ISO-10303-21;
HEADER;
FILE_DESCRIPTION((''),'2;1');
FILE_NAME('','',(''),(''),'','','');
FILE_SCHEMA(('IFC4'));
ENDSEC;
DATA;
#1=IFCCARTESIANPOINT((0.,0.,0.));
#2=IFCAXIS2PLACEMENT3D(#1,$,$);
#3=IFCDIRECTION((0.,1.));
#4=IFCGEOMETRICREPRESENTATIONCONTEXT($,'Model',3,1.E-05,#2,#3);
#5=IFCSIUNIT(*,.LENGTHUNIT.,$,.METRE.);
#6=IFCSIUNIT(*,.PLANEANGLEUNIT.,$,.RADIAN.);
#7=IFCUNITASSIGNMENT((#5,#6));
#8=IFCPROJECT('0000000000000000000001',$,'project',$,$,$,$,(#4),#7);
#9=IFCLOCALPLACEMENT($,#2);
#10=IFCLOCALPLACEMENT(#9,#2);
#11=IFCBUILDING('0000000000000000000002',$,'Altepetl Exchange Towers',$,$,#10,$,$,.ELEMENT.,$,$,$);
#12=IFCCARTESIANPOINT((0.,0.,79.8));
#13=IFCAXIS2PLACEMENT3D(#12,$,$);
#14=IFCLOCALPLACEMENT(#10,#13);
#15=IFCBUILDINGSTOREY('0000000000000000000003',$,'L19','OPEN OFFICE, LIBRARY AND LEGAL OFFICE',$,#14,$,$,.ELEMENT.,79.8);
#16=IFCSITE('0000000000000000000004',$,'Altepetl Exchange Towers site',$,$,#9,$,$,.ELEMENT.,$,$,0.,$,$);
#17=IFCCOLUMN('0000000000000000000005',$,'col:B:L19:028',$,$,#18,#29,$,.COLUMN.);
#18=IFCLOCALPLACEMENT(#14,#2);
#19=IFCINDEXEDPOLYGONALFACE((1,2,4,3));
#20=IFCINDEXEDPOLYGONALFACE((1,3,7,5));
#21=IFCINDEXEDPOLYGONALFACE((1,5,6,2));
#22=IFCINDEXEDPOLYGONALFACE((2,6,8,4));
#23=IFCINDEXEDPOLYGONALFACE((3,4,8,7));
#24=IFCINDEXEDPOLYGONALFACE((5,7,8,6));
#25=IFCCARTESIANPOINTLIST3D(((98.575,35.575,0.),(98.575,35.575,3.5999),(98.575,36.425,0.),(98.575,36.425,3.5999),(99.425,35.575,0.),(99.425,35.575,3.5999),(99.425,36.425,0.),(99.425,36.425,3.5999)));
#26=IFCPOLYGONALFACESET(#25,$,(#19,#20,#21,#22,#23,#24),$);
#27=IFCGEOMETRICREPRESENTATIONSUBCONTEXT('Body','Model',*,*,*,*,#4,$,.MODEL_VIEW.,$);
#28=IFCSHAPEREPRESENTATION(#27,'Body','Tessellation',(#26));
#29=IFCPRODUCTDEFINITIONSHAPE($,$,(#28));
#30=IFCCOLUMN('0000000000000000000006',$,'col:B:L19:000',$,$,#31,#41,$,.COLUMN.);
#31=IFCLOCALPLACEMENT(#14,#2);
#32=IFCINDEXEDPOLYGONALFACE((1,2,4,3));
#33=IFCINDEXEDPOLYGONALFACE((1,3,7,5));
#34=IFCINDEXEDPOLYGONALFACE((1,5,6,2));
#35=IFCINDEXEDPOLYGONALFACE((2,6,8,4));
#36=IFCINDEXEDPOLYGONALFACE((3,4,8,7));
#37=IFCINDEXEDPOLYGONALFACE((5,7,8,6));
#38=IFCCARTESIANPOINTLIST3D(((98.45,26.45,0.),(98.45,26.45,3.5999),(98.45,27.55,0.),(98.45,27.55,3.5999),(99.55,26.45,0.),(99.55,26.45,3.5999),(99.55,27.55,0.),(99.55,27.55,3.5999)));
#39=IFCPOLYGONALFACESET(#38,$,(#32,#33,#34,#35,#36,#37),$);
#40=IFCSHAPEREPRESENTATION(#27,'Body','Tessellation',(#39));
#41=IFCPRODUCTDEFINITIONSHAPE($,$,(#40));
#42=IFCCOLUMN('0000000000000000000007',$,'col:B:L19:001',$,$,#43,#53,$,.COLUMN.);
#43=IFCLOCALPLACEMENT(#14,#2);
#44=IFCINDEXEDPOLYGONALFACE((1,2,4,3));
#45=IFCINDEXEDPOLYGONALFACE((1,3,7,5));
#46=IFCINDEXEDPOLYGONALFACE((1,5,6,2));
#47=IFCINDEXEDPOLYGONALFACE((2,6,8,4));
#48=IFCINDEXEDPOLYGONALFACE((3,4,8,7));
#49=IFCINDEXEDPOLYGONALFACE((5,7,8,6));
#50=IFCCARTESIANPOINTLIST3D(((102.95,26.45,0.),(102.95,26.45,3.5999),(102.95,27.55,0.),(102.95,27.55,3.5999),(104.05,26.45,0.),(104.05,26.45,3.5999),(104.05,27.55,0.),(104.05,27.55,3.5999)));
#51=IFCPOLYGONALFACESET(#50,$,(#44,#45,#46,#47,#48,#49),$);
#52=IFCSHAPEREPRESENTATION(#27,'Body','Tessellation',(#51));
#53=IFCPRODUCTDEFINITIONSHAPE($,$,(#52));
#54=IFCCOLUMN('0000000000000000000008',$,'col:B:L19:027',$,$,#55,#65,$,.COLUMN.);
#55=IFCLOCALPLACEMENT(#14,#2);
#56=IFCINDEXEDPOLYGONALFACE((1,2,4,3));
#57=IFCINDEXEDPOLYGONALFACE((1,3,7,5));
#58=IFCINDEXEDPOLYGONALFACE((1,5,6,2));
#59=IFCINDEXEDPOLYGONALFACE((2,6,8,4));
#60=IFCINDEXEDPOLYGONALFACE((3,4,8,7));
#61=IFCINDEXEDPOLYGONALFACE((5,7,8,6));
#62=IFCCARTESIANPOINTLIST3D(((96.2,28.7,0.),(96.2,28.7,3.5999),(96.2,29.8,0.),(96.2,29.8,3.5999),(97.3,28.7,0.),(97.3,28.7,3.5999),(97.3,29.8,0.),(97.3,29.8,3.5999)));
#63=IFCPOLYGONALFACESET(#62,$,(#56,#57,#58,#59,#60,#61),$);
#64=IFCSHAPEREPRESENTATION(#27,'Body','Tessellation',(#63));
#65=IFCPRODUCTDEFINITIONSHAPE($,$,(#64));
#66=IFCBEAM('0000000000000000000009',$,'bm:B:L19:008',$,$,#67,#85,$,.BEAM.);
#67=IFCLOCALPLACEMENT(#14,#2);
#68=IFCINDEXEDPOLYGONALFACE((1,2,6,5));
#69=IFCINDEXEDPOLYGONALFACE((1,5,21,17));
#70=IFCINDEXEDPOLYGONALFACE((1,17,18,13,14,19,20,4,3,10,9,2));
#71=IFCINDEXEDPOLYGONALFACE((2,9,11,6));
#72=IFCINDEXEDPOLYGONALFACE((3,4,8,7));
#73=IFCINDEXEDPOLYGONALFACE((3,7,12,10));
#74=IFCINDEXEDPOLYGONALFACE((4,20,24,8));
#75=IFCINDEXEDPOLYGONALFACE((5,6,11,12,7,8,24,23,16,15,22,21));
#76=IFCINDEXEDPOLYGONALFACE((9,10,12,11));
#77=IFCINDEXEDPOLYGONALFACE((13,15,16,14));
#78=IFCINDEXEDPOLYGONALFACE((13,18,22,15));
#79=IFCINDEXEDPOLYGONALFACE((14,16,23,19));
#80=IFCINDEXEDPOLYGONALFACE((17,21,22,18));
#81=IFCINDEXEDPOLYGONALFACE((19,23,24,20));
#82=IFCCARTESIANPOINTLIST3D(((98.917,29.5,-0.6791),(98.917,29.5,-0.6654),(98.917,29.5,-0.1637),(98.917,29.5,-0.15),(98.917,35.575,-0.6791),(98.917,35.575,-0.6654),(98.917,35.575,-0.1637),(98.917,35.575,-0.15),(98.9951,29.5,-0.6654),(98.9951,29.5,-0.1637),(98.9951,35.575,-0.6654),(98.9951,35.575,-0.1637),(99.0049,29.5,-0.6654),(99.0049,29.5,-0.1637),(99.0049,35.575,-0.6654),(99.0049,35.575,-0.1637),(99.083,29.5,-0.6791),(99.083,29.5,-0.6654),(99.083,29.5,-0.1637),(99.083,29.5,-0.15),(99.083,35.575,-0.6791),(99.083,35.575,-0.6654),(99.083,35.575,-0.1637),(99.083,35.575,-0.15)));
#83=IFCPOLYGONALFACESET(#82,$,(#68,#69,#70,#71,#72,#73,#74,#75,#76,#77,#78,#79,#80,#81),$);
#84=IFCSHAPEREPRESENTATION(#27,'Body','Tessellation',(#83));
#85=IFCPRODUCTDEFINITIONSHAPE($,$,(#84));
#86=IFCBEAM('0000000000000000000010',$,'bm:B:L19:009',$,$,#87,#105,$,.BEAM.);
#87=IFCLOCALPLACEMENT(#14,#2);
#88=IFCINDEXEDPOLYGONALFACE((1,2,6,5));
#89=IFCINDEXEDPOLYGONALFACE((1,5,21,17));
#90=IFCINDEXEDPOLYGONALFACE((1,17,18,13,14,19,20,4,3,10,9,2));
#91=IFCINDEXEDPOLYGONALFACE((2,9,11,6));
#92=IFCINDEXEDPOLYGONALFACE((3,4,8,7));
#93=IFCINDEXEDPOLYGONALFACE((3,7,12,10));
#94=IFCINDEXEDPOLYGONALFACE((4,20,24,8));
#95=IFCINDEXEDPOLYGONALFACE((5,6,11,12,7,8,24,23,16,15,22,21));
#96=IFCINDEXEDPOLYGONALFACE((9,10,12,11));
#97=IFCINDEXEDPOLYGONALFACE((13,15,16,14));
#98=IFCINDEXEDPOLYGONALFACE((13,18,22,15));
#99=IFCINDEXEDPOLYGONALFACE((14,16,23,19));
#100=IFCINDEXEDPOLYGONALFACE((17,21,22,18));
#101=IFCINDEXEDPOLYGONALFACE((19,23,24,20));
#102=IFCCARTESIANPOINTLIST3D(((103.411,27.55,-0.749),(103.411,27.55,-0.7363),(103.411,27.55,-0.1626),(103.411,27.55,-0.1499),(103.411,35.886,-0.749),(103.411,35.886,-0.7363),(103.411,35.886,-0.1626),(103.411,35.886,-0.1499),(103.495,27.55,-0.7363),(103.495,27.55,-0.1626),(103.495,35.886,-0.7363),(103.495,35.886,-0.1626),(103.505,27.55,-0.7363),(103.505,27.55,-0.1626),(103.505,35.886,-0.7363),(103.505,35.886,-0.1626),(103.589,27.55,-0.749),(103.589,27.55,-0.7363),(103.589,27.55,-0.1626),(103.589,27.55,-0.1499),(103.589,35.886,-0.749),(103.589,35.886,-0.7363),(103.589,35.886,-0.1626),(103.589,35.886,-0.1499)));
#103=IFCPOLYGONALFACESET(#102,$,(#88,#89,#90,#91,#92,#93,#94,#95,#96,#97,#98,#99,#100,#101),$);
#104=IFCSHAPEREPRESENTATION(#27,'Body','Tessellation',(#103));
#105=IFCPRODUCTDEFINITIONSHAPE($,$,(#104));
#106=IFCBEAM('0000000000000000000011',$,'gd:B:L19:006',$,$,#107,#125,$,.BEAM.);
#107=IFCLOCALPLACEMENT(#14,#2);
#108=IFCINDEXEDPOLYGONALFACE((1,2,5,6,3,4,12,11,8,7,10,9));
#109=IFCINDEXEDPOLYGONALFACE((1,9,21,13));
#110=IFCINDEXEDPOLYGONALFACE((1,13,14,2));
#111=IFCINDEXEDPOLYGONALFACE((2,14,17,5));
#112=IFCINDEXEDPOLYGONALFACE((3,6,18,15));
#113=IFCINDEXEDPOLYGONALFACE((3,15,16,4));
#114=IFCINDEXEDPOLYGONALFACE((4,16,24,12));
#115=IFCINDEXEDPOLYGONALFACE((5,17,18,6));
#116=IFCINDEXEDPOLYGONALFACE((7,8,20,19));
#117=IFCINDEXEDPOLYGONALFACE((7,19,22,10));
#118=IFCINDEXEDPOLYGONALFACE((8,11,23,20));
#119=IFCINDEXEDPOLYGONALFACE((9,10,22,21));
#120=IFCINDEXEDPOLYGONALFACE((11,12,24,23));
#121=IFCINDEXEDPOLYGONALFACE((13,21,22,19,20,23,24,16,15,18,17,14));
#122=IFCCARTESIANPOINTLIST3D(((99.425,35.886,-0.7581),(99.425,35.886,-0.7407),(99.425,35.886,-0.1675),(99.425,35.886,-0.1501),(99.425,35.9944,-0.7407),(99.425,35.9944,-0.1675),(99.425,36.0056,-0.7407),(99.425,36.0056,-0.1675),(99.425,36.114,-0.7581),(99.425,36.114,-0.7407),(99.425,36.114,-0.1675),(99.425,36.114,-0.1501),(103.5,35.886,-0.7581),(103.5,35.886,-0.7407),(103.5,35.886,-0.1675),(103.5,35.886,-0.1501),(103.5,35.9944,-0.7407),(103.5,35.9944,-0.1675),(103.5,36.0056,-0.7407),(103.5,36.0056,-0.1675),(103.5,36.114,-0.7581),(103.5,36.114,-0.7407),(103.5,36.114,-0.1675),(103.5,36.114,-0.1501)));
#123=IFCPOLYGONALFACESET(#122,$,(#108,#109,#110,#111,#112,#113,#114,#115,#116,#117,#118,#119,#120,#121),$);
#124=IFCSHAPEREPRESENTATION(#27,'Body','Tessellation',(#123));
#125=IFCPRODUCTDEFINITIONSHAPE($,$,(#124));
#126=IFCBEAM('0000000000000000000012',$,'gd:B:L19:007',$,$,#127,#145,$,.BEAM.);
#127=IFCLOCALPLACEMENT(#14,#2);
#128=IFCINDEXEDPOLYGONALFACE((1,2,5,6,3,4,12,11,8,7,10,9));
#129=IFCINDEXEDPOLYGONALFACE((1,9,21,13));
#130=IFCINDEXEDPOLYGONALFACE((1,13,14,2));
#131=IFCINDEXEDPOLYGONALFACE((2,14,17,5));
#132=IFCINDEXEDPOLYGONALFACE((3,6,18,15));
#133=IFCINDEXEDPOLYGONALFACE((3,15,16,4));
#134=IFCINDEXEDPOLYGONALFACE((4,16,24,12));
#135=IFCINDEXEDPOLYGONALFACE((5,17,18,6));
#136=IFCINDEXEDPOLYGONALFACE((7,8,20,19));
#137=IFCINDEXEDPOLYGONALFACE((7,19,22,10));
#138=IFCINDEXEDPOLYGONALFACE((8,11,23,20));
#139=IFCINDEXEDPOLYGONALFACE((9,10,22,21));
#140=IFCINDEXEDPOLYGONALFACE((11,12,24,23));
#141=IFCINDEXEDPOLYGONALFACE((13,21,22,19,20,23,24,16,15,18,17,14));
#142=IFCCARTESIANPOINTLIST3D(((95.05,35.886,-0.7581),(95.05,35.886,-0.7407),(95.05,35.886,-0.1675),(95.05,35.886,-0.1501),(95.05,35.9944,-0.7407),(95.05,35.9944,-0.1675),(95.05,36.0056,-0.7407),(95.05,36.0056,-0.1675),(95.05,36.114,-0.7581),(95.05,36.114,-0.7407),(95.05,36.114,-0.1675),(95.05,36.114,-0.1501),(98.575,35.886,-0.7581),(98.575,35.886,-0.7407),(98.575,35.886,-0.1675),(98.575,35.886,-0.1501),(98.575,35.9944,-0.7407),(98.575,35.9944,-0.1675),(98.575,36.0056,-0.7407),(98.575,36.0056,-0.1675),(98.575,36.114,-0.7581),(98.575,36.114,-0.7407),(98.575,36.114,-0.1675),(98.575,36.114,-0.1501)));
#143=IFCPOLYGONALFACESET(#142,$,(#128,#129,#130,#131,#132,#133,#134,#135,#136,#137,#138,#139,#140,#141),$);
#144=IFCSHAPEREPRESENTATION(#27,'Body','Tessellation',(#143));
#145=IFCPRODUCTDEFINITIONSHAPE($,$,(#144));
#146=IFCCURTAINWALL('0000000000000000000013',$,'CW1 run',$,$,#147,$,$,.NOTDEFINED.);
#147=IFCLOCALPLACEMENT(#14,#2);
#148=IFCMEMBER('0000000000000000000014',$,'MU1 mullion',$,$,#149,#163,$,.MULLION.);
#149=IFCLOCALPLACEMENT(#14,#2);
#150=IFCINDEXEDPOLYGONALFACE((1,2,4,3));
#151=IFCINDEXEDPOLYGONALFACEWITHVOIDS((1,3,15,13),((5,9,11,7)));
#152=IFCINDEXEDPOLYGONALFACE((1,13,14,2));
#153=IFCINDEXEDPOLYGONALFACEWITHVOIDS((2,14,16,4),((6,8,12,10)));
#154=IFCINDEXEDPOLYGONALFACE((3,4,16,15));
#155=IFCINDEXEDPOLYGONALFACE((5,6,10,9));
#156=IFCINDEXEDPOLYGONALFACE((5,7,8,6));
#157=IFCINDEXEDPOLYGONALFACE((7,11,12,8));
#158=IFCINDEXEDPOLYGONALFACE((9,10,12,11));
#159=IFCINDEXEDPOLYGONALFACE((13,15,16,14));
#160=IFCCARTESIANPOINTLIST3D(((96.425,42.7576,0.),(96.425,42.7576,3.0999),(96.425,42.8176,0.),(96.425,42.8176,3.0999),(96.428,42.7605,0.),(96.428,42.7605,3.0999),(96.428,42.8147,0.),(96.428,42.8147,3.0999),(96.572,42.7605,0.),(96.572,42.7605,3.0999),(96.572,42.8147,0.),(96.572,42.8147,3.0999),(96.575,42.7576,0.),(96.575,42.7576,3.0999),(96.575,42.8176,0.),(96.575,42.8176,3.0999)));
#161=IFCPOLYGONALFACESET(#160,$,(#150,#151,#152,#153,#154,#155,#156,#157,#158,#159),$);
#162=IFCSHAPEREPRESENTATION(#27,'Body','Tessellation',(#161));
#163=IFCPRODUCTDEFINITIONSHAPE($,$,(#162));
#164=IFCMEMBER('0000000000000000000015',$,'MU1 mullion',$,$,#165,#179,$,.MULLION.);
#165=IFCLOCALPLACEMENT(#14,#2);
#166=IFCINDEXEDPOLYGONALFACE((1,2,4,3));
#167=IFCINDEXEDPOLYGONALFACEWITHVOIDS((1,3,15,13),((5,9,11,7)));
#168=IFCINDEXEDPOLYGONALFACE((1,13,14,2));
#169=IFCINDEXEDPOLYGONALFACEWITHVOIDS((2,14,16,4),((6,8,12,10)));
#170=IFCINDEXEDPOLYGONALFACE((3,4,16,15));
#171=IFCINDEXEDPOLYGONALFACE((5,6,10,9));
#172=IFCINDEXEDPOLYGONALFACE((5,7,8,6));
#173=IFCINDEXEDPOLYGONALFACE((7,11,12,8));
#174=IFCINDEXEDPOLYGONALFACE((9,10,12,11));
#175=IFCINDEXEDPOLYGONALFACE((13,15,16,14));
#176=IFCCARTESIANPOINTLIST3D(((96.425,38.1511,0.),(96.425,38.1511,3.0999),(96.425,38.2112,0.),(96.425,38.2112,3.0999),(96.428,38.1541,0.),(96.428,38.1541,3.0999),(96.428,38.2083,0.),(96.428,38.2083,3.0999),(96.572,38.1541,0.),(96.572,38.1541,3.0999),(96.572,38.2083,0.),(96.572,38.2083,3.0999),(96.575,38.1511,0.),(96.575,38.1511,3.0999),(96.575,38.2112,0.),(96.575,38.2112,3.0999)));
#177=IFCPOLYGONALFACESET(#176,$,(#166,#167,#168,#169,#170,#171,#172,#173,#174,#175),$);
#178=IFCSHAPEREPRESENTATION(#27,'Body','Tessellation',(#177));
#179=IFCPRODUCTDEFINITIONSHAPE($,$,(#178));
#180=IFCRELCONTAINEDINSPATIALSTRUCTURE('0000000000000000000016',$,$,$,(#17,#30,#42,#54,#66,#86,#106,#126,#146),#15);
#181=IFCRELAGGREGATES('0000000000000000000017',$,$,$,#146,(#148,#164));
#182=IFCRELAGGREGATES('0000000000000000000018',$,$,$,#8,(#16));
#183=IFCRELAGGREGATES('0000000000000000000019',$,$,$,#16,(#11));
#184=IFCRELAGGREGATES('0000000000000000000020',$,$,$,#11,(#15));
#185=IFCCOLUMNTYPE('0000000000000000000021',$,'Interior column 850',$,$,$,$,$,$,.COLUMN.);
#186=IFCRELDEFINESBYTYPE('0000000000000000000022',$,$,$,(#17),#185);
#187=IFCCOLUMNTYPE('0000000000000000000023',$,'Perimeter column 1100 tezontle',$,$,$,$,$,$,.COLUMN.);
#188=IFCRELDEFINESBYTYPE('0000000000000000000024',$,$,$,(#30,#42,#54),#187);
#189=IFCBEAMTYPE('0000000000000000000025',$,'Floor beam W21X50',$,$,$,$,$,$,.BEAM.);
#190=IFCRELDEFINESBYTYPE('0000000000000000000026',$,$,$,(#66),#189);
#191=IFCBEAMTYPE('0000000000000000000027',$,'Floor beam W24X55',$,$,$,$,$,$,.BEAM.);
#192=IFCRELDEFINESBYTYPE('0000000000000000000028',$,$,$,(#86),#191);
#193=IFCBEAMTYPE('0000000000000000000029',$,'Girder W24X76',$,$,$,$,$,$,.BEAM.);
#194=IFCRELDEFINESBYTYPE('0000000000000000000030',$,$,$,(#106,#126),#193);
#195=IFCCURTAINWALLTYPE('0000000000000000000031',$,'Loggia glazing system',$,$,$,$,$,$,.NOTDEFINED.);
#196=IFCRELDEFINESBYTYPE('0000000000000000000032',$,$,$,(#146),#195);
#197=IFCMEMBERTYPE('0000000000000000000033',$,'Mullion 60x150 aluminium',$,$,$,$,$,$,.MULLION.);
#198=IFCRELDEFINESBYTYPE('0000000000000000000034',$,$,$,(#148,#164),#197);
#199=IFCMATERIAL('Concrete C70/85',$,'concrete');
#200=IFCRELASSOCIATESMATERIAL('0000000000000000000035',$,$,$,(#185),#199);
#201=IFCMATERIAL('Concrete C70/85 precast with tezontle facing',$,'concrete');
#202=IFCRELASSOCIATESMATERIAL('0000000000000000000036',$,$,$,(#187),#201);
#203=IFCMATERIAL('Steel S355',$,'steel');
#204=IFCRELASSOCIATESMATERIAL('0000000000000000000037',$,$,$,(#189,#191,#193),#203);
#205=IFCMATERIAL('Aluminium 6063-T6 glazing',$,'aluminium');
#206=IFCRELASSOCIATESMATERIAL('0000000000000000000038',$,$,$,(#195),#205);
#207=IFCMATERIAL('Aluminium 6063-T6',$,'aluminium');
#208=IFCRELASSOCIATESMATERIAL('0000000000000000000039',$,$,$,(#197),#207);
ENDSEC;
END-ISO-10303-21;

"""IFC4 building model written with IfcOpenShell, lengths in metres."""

from ifc_helpers import new_model, si_unit, direction, frame, origin, origin_2d, place, context, subcontext, project, spatial, rectangle, hollow_rectangle, i_section, extrude, material, material_profile, profile_set, type_object, element, aggregate, save


model = new_model("IFC4")

# Units and contexts
model_context = context("Model", 3, precision=1e-05, world=origin(), true_north=direction((0.0, 1.0)))
body_context = subcontext(model_context, "Body", "Model", "MODEL_VIEW")
ifc_project = project(units=[si_unit("LENGTHUNIT", "METRE"), si_unit("PLANEANGLEUNIT", "RADIAN")], contexts=[model_context])

# Site, building, storey
site_placement = place(None, origin())
site = spatial("IfcSite", under=ifc_project, at=site_placement, Name="Altepetl Exchange Towers site", CompositionType="ELEMENT", RefElevation=0.0)
building_placement = place(site_placement, origin())
building = spatial("IfcBuilding", under=site, at=building_placement, Name="Altepetl Exchange Towers", CompositionType="ELEMENT")
storey_placement = place(building_placement, frame((0.0, 0.0, 79.8)))
storey = spatial("IfcBuildingStorey", under=building, at=storey_placement, Name="L19", Description="OPEN OFFICE, LIBRARY AND LEGAL OFFICE", CompositionType="ELEMENT", Elevation=79.8)

# Columns
ifc_material_1 = material(Name="Concrete C70/85", Category="concrete")
ifc_material_profile_1 = material_profile(ifc_material_1, rectangle(XDim=0.8501, YDim=0.8501, at=origin_2d()), Name="850 x 850")
ifc_profile_set_1 = profile_set([ifc_material_profile_1], Name="Concrete C70/85")
column_type_1 = type_object("IfcColumnType", Name="Interior column 850", PredefinedType="COLUMN", material=ifc_profile_set_1)
column_placement = place(storey_placement, frame((99.0, 36.0, 0.0)))
element("IfcColumn", 1, at=column_placement, inside=storey, type_object=column_type_1, Name="col:B:L19:028", PredefinedType="COLUMN", context=body_context, shape_type="SweptSolid", body=[
    extrude(rectangle(XDim=0.8501, YDim=0.8501, at=origin_2d()), origin(), (0.0, 0.0, 1.0), 3.5999),
])
ifc_material_2 = material(Name="Concrete C70/85 precast with tezontle facing", Category="concrete")
ifc_material_profile_2 = material_profile(ifc_material_2, rectangle(XDim=1.1001, YDim=1.1001, at=origin_2d()), Name="1100 x 1100")
ifc_profile_set_2 = profile_set([ifc_material_profile_2], Name="Concrete C70/85 precast with tezontle facing")
column_type_2 = type_object("IfcColumnType", Name="Perimeter column 1100 tezontle", PredefinedType="COLUMN", material=ifc_profile_set_2)
for number, where, name in (
    (2, (99.0, 27.0, 0.0), "col:B:L19:000"),
    (3, (103.5, 27.0, 0.0), "col:B:L19:001"),
    (4, (96.75, 29.25, 0.0), "col:B:L19:027"),
):
    element("IfcColumn", number, at=place(storey_placement, frame(where)), inside=storey, type_object=column_type_2, Name=name, PredefinedType="COLUMN", context=body_context, shape_type="SweptSolid", body=[
        extrude(rectangle(XDim=1.1001, YDim=1.1001, at=origin_2d()), origin(), (0.0, 0.0, 1.0), 3.5999),
    ])

# Beams
ifc_material_3 = material(Name="Steel S355", Category="steel")
ifc_material_profile_3 = material_profile(ifc_material_3, i_section(OverallWidth=0.166, OverallDepth=0.5291, WebThickness=0.0098, FlangeThickness=0.0137, at=origin_2d()), Name="W21X50")
ifc_profile_set_3 = profile_set([ifc_material_profile_3], Name="Steel S355")
beam_type_1 = type_object("IfcBeamType", Name="Floor beam W21X50", PredefinedType="BEAM", material=ifc_profile_set_3)
beam_1_placement = place(storey_placement, frame((99.0, 29.5, -0.4146), z_axis=(0.0, 1.0, 0.0), x_axis=(-1.0, 0.0, 0.0)))
element("IfcBeam", 5, at=beam_1_placement, inside=storey, type_object=beam_type_1, Name="bm:B:L19:008", PredefinedType="BEAM", context=body_context, shape_type="SweptSolid", body=[
    extrude(i_section(OverallWidth=0.166, OverallDepth=0.5291, WebThickness=0.0098, FlangeThickness=0.0137, at=origin_2d()), origin(), (0.0, 0.0, 1.0), 6.075),
])
ifc_material_profile_4 = material_profile(ifc_material_3, i_section(OverallWidth=0.178, OverallDepth=0.5991, WebThickness=0.01, FlangeThickness=0.0127, at=origin_2d()), Name="W24X55")
ifc_profile_set_4 = profile_set([ifc_material_profile_4], Name="Steel S355")
beam_type_2 = type_object("IfcBeamType", Name="Floor beam W24X55", PredefinedType="BEAM", material=ifc_profile_set_4)
beam_2_placement = place(storey_placement, frame((103.5, 27.55, -0.4495), z_axis=(0.0, 1.0, 0.0), x_axis=(-1.0, 0.0, 0.0)))
element("IfcBeam", 6, at=beam_2_placement, inside=storey, type_object=beam_type_2, Name="bm:B:L19:009", PredefinedType="BEAM", context=body_context, shape_type="SweptSolid", body=[
    extrude(i_section(OverallWidth=0.178, OverallDepth=0.5991, WebThickness=0.01, FlangeThickness=0.0127, at=origin_2d()), origin(), (0.0, 0.0, 1.0), 8.3359),
])
ifc_material_profile_5 = material_profile(ifc_material_3, i_section(OverallWidth=0.228, OverallDepth=0.6079, WebThickness=0.0112, FlangeThickness=0.0173, at=origin_2d()), Name="W24X76")
ifc_profile_set_5 = profile_set([ifc_material_profile_5], Name="Steel S355")
beam_type_3 = type_object("IfcBeamType", Name="Girder W24X76", PredefinedType="BEAM", material=ifc_profile_set_5)
beam_3_placement = place(storey_placement, frame((103.5, 36.0, -0.4541), z_axis=(-1.0, 0.0, 0.0), x_axis=(0.0, -1.0, 0.0)))
element("IfcBeam", 7, at=beam_3_placement, inside=storey, type_object=beam_type_3, Name="gd:B:L19:006", PredefinedType="BEAM", context=body_context, shape_type="SweptSolid", body=[
    extrude(i_section(OverallWidth=0.228, OverallDepth=0.6079, WebThickness=0.0112, FlangeThickness=0.0173, at=origin_2d()), origin(), (0.0, 0.0, 1.0), 4.075),
])
beam_4_placement = place(storey_placement, frame((98.575, 36.0, -0.4541), z_axis=(-1.0, 0.0, 0.0), x_axis=(0.0, -1.0, 0.0)))
element("IfcBeam", 8, at=beam_4_placement, inside=storey, type_object=beam_type_3, Name="gd:B:L19:007", PredefinedType="BEAM", context=body_context, shape_type="SweptSolid", body=[
    extrude(i_section(OverallWidth=0.228, OverallDepth=0.6079, WebThickness=0.0112, FlangeThickness=0.0173, at=origin_2d()), origin(), (0.0, 0.0, 1.0), 3.5249),
])

# Curtain wall, members
ifc_material_4 = material(Name="Aluminium 6063-T6 glazing", Category="aluminium")
curtain_wall_type = type_object("IfcCurtainWallType", Name="Loggia glazing system", PredefinedType="NOTDEFINED", material=ifc_material_4)
curtain_wall_1_placement = place(storey_placement, origin())
curtain_wall_1 = element("IfcCurtainWall", 9, at=curtain_wall_1_placement, inside=storey, type_object=curtain_wall_type, Name="CW1 run", PredefinedType="NOTDEFINED")
ifc_material_5 = material(Name="Aluminium 6063-T6", Category="aluminium")
ifc_material_profile_6 = material_profile(ifc_material_5, hollow_rectangle(XDim=0.0601, YDim=0.1499, WallThickness=0.0029, at=origin_2d()), Name="Mullion 60x150 aluminium")
ifc_profile_set_6 = profile_set([ifc_material_profile_6], Name="Aluminium 6063-T6")
member_type = type_object("IfcMemberType", Name="Mullion 60x150 aluminium", PredefinedType="MULLION", material=ifc_profile_set_6)
member_1_placement = place(storey_placement, frame((96.5, 42.7876, 0.0), z_axis=(0.0, 0.0, 1.0), x_axis=(0.0, -1.0, 0.0)))
member_1 = element("IfcMember", 10, at=member_1_placement, type_object=member_type, Name="MU1 mullion", PredefinedType="MULLION", context=body_context, shape_type="SweptSolid", body=[
    extrude(hollow_rectangle(XDim=0.0601, YDim=0.1499, WallThickness=0.0029, at=origin_2d()), origin(), (0.0, 0.0, 1.0), 3.0999),
])
member_2_placement = place(storey_placement, frame((96.5, 38.1812, 0.0), z_axis=(0.0, 0.0, 1.0), x_axis=(0.0, -1.0, 0.0)))
member_2 = element("IfcMember", 11, at=member_2_placement, type_object=member_type, Name="MU1 mullion", PredefinedType="MULLION", context=body_context, shape_type="SweptSolid", body=[
    extrude(hollow_rectangle(XDim=0.0601, YDim=0.1499, WallThickness=0.0029, at=origin_2d()), origin(), (0.0, 0.0, 1.0), 3.0999),
])

aggregate(curtain_wall_1, [member_1, member_2])

save(model, "model.ifc")
